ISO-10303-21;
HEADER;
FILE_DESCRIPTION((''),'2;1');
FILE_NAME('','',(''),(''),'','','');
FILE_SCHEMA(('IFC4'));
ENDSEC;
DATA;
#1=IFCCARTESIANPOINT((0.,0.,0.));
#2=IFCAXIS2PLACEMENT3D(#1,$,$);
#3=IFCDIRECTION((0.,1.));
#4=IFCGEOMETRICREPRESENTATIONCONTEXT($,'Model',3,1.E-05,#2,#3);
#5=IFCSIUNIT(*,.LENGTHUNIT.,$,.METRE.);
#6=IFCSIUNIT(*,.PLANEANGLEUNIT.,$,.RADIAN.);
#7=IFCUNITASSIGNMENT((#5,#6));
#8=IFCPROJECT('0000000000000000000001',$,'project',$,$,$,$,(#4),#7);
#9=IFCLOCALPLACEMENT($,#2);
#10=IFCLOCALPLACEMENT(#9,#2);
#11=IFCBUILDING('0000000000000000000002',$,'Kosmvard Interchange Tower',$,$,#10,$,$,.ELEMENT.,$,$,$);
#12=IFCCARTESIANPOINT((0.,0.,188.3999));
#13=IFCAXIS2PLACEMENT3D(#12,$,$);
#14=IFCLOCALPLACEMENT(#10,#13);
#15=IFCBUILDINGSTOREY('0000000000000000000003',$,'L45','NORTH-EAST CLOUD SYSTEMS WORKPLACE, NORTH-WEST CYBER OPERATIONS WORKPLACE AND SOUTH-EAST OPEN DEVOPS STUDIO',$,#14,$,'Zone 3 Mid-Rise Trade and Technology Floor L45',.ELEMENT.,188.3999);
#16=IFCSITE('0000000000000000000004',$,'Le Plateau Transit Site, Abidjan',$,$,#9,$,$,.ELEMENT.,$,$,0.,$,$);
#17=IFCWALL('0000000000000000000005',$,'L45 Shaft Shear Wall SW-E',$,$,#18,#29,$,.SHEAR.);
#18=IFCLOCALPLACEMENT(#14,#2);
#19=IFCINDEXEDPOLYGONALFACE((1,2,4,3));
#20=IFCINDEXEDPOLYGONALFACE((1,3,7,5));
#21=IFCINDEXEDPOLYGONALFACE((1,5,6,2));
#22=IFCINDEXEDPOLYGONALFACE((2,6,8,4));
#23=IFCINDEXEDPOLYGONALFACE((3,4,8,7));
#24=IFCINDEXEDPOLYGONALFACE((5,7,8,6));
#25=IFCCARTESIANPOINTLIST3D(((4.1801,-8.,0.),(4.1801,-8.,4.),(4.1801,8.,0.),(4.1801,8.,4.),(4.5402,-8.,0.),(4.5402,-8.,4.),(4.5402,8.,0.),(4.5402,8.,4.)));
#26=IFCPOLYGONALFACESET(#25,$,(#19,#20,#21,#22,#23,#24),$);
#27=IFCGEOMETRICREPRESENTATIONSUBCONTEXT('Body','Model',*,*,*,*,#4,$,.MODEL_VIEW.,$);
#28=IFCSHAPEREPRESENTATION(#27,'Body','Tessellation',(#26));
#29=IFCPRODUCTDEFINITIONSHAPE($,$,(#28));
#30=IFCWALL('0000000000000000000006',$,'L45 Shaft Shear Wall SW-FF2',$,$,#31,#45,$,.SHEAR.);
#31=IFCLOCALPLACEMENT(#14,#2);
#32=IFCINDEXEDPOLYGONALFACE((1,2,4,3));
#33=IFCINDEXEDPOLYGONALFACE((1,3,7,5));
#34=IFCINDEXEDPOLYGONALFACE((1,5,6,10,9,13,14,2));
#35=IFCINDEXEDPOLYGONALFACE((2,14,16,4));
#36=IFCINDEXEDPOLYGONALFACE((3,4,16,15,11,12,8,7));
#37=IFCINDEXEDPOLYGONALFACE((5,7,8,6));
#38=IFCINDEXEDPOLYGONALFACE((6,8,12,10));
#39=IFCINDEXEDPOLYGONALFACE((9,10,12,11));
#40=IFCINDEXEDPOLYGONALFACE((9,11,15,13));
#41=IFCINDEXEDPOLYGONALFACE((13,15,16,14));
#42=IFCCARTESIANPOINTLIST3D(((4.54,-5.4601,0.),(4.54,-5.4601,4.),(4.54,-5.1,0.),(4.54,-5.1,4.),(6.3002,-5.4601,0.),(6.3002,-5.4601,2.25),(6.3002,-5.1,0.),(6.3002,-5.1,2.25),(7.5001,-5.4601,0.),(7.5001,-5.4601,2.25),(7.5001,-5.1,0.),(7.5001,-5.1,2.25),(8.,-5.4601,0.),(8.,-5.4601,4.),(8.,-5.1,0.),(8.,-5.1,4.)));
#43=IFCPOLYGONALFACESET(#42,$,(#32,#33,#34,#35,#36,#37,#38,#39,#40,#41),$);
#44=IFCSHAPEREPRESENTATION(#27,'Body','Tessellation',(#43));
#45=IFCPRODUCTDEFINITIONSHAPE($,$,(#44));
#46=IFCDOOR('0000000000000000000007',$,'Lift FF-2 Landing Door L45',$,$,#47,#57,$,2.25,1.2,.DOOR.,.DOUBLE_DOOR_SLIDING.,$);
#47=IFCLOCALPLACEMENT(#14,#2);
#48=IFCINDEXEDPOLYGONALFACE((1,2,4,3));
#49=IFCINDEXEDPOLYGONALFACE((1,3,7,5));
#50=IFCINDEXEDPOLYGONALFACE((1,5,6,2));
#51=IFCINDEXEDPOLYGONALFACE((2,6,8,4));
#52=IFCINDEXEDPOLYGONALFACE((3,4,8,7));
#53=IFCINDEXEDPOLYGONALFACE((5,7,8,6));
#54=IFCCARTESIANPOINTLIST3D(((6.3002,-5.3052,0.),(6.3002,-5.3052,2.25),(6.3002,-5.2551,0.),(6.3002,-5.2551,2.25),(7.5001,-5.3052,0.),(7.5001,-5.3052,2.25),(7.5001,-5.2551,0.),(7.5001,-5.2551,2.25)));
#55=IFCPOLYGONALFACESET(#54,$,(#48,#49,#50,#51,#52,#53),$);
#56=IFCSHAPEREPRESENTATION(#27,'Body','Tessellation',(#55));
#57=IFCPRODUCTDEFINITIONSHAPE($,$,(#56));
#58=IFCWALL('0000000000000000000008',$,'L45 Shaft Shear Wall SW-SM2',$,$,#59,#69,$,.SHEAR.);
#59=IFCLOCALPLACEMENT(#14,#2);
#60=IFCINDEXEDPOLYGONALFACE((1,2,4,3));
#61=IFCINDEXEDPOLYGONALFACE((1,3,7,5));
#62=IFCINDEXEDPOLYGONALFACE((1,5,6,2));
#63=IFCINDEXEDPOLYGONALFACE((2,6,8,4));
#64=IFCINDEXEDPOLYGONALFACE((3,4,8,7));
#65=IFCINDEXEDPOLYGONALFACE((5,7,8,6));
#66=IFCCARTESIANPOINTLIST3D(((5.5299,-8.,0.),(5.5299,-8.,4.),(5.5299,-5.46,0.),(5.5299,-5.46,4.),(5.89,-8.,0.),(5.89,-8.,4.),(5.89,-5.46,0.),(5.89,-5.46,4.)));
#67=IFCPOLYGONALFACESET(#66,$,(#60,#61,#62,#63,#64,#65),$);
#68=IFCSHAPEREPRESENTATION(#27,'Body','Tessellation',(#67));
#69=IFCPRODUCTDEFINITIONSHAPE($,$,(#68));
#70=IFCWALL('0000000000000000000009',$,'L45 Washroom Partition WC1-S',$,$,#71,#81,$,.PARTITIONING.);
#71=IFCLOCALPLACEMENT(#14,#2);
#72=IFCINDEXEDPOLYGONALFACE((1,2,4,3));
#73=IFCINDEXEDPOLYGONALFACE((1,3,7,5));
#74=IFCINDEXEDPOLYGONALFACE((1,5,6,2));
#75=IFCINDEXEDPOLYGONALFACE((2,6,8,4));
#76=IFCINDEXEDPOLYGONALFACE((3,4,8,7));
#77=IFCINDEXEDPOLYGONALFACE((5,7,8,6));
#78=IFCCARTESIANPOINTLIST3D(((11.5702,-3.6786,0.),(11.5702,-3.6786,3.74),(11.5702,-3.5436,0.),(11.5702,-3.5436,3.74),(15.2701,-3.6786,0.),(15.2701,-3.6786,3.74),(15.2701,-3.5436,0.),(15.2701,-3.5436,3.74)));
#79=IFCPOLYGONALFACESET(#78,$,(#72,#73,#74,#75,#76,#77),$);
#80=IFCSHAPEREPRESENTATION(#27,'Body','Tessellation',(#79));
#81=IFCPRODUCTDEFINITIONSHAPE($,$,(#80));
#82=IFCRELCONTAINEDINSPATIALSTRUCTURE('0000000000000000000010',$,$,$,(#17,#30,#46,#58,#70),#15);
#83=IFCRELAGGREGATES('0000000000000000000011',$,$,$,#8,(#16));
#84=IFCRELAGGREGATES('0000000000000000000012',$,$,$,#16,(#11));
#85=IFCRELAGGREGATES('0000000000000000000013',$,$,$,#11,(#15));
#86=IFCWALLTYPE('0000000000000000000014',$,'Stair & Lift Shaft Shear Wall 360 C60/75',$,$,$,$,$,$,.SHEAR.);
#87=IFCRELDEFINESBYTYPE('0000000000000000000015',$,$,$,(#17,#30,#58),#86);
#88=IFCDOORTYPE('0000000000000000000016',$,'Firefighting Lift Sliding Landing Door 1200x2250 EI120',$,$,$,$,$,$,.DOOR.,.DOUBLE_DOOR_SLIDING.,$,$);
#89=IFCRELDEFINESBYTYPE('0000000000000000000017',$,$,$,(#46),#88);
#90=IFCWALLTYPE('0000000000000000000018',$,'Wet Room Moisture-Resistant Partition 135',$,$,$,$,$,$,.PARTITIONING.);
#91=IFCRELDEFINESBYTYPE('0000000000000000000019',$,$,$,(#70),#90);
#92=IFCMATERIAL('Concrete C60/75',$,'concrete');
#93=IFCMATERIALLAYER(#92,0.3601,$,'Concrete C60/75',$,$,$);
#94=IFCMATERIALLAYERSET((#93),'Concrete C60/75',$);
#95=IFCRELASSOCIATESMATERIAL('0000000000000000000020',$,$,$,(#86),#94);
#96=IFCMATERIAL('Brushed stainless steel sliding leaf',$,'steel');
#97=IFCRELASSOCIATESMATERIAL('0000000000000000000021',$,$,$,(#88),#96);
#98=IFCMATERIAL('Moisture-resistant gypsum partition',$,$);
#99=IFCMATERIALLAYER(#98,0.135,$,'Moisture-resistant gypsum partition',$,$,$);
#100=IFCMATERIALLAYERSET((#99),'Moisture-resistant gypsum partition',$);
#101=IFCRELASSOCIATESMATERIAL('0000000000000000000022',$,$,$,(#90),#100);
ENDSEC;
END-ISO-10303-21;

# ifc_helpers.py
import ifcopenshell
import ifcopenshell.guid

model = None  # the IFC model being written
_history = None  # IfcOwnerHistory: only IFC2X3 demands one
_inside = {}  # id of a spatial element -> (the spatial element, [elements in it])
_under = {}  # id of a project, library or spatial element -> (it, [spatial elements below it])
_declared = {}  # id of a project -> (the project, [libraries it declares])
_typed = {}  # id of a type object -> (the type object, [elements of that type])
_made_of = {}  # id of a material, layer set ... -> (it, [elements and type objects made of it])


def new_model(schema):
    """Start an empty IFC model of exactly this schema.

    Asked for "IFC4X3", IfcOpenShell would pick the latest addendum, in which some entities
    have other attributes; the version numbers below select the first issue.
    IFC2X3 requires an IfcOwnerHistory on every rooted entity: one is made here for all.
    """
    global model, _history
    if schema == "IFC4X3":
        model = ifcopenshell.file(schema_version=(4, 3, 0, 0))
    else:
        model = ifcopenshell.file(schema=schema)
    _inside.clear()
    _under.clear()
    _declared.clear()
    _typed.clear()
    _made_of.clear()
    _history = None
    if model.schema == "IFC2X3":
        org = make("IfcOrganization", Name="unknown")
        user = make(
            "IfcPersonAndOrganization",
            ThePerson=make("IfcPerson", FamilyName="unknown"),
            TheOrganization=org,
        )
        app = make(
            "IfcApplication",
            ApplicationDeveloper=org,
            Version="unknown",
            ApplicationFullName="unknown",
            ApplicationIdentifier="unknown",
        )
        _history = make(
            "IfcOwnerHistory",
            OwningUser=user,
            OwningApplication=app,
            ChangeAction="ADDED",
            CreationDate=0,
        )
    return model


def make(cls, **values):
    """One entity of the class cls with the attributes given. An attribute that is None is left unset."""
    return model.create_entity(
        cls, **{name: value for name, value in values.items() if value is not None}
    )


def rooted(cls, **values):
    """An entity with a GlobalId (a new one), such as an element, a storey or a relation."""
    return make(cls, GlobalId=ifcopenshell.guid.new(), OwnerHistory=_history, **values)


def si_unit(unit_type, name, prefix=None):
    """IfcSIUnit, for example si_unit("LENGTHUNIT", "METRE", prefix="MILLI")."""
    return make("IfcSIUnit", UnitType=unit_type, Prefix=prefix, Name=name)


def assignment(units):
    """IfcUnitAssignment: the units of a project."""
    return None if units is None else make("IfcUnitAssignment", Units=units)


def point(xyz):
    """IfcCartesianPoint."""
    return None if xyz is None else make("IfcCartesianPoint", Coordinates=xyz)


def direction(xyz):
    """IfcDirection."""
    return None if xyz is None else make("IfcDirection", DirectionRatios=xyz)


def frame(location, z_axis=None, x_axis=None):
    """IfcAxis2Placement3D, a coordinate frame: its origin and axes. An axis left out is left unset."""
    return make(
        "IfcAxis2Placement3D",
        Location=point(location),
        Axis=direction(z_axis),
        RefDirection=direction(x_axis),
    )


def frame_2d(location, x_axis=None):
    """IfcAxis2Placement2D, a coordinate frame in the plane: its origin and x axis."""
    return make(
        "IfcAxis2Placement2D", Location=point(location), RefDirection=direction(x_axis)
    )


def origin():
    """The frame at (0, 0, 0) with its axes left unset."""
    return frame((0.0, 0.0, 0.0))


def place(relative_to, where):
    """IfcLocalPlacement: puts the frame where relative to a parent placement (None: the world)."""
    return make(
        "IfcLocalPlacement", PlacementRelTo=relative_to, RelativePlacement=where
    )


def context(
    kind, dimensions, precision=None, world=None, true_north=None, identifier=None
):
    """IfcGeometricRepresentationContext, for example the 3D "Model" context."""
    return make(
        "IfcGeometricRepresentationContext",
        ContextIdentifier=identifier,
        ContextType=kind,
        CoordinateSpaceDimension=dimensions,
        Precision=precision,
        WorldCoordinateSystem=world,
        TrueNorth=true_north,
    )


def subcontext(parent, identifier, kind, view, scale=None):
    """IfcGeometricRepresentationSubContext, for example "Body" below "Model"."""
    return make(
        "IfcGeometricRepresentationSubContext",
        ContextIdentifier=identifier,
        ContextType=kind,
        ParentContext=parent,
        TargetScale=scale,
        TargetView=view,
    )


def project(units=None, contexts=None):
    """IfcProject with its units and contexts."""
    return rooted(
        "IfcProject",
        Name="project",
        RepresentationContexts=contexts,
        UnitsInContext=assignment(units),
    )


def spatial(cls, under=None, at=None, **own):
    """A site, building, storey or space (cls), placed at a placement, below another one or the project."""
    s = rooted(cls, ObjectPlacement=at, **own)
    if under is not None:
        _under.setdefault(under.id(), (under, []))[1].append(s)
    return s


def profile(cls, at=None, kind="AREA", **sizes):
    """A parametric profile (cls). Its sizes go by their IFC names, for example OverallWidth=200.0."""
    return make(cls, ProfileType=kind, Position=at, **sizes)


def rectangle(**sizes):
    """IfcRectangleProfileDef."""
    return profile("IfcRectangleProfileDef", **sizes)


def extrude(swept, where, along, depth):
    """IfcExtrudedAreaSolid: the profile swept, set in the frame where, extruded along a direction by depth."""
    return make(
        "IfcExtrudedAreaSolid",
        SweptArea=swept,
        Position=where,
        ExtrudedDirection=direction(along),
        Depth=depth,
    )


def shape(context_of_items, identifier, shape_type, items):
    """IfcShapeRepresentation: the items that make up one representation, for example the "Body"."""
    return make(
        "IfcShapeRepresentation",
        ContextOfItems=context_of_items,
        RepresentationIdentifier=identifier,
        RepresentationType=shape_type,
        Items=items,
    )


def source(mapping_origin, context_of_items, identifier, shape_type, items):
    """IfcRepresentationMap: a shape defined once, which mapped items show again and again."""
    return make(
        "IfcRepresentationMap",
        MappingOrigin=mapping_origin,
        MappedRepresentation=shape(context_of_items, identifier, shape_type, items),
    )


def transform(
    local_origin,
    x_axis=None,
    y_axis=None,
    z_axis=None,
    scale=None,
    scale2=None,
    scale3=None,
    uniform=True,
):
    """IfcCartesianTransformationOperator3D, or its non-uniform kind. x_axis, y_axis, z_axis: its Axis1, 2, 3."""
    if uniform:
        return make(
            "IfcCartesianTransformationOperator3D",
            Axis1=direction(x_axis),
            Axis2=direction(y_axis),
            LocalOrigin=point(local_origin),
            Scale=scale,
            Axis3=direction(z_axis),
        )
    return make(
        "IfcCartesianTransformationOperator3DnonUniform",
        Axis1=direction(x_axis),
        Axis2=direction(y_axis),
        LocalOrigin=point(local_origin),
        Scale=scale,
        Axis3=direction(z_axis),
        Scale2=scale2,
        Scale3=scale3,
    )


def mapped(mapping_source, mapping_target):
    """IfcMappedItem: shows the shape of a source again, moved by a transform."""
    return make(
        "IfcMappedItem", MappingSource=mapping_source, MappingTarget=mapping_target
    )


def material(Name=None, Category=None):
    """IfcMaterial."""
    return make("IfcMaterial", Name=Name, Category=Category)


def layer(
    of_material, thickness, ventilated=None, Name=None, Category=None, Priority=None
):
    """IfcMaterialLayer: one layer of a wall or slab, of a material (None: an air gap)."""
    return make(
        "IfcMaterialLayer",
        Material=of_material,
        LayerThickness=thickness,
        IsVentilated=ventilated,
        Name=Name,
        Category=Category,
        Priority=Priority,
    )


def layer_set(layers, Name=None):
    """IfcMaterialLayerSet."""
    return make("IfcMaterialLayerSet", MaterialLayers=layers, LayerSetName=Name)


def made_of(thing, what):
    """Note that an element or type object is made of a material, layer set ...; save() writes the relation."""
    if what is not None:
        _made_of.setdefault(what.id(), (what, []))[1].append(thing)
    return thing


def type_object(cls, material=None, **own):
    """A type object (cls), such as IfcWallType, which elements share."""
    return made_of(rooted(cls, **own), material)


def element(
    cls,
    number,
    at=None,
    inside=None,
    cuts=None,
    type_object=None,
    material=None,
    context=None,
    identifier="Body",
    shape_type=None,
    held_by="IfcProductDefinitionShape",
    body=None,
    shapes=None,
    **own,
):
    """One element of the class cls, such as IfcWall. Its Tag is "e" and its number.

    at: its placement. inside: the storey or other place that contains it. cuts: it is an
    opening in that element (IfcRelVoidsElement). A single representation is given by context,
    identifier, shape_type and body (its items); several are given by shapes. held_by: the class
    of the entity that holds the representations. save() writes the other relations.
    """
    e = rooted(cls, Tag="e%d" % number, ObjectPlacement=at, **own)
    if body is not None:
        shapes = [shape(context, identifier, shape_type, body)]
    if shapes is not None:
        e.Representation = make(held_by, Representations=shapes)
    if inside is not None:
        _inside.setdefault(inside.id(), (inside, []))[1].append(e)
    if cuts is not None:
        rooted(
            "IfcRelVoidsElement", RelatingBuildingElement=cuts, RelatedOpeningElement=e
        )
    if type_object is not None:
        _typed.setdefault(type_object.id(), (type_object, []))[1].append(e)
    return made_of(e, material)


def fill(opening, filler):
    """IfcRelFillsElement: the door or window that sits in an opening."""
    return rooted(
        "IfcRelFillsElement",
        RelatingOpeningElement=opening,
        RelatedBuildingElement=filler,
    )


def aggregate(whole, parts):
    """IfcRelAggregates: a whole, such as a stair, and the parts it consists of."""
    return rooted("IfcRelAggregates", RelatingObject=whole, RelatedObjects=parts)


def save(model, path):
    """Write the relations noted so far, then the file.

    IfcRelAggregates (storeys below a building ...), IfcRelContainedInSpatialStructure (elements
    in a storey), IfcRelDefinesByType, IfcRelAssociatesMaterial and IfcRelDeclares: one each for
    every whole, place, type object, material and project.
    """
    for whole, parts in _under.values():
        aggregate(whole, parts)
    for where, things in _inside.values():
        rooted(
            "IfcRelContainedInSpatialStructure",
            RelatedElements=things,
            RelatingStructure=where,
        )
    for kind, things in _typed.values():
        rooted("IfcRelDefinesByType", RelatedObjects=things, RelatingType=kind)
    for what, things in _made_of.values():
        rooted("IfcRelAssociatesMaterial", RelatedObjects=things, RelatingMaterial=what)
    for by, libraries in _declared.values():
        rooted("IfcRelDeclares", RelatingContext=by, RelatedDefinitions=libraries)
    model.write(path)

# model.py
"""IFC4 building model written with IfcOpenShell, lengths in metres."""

from ifc_helpers import new_model, si_unit, direction, frame, frame_2d, origin, place, context, subcontext, project, spatial, rectangle, extrude, source, transform, mapped, material, layer, layer_set, type_object, element, fill, save


model = new_model("IFC4")

# Units and contexts
model_context = context("Model", 3, precision=1e-05, world=origin(), true_north=direction((0.0, 1.0)))
body_context = subcontext(model_context, "Body", "Model", "MODEL_VIEW")
ifc_project = project(units=[si_unit("LENGTHUNIT", "METRE"), si_unit("PLANEANGLEUNIT", "RADIAN")], contexts=[model_context])

# Site, building, storey
site_placement = place(None, origin())
site = spatial("IfcSite", under=ifc_project, at=site_placement, Name="Le Plateau Transit Site, Abidjan", CompositionType="ELEMENT", RefElevation=0.0)
building_placement = place(site_placement, origin())
building = spatial("IfcBuilding", under=site, at=building_placement, Name="Kosmvard Interchange Tower", CompositionType="ELEMENT")
storey_placement = place(building_placement, frame((0.0, 0.0, 188.3999)))
storey = spatial("IfcBuildingStorey", under=building, at=storey_placement, Name="L45", Description="NORTH-EAST CLOUD SYSTEMS WORKPLACE, NORTH-WEST CYBER OPERATIONS WORKPLACE AND SOUTH-EAST OPEN DEVOPS STUDIO", LongName="Zone 3 Mid-Rise Trade and Technology Floor L45", CompositionType="ELEMENT", Elevation=188.3999)

# Shared definitions
ifc_material_1 = material(Name="Concrete C60/75", Category="concrete")

# Shared definitions
ifc_material_2 = material(Name="Brushed stainless steel sliding leaf", Category="steel")

# Wall
ifc_layer_1 = layer(ifc_material_1, 0.3601, Name="Concrete C60/75")
ifc_layer_set_1 = layer_set([ifc_layer_1], Name="Concrete C60/75")
wall_type_1 = type_object("IfcWallType", Name="Stair & Lift Shaft Shear Wall 360 C60/75", PredefinedType="SHEAR", material=ifc_layer_set_1)
wall_1_placement = place(storey_placement, frame((4.3601, -8.0, 0.0), z_axis=(0.0, 0.0, 1.0), x_axis=(0.0, 1.0, 0.0)))
element("IfcWall", 1, at=wall_1_placement, inside=storey, type_object=wall_type_1, Name="L45 Shaft Shear Wall SW-E", PredefinedType="SHEAR", context=body_context, shape_type="SweptSolid", body=[
    extrude(rectangle(XDim=16.0, YDim=0.3601, at=frame_2d((8.0, 0.0))), origin(), (0.0, 0.0, 1.0), 4.0),
])

# Wall, opening, door
wall_2_placement = place(storey_placement, frame((4.54, -5.28, 0.0), z_axis=(0.0, 0.0, 1.0), x_axis=(1.0, 0.0, 0.0)))
wall_2 = element("IfcWall", 2, at=wall_2_placement, inside=storey, type_object=wall_type_1, Name="L45 Shaft Shear Wall SW-FF2", PredefinedType="SHEAR", context=body_context, shape_type="SweptSolid", body=[
    extrude(rectangle(XDim=3.46, YDim=0.3601, at=frame_2d((1.73, 0.0))), origin(), (0.0, 0.0, 1.0), 4.0),
])
opening_1_placement = place(wall_2_placement, frame((1.76, 0.0, 0.0)))
opening_1 = element("IfcOpeningElement", 3, at=opening_1_placement, cuts=wall_2, PredefinedType="OPENING", context=body_context, shape_type="SweptSolid", body=[
    extrude(rectangle(XDim=1.2, YDim=2.25, at=frame_2d((0.6001, 1.125))), frame((0.0, 0.1899, 0.0), z_axis=(0.0, -1.0, 0.0), x_axis=(1.0, 0.0, 0.0)), (0.0, 0.0, 1.0), 0.3801),
])
door_type_1 = type_object("IfcDoorType", Name="Firefighting Lift Sliding Landing Door 1200x2250 EI120", OperationType="DOUBLE_DOOR_SLIDING", PredefinedType="DOOR", material=ifc_material_2)
shared_shape_1 = source(origin(), body_context, "Body", "SweptSolid", [
    extrude(rectangle(XDim=1.2, YDim=2.25, at=frame_2d((0.6001, 1.125))), frame((0.0, 0.0249, 0.0), z_axis=(0.0, -1.0, 0.0), x_axis=(1.0, 0.0, 0.0)), (0.0, 0.0, 1.0), 0.05),
])
door_1_placement = place(opening_1_placement, origin())
door_1 = element("IfcDoor", 4, at=door_1_placement, inside=storey, type_object=door_type_1, Name="Lift FF-2 Landing Door L45", OperationType="DOUBLE_DOOR_SLIDING", OverallHeight=2.25, OverallWidth=1.2, PredefinedType="DOOR", context=body_context, shape_type="MappedRepresentation", body=[
    mapped(shared_shape_1, transform((0.0, 0.0, 0.0), scale=1.0)),
])
fill(opening_1, door_1)

# Walls
wall_3_placement = place(storey_placement, frame((5.71, -8.0, 0.0), z_axis=(0.0, 0.0, 1.0), x_axis=(0.0, 1.0, 0.0)))
element("IfcWall", 5, at=wall_3_placement, inside=storey, type_object=wall_type_1, Name="L45 Shaft Shear Wall SW-SM2", PredefinedType="SHEAR", context=body_context, shape_type="SweptSolid", body=[
    extrude(rectangle(XDim=2.54, YDim=0.3601, at=frame_2d((1.27, 0.0))), origin(), (0.0, 0.0, 1.0), 4.0),
])
ifc_material_3 = material(Name="Moisture-resistant gypsum partition")
ifc_layer_2 = layer(ifc_material_3, 0.135, Name="Moisture-resistant gypsum partition")
ifc_layer_set_2 = layer_set([ifc_layer_2], Name="Moisture-resistant gypsum partition")
wall_type_2 = type_object("IfcWallType", Name="Wet Room Moisture-Resistant Partition 135", PredefinedType="PARTITIONING", material=ifc_layer_set_2)
wall_4_placement = place(storey_placement, frame((11.5701, -3.6111, 0.0), z_axis=(0.0, 0.0, 1.0), x_axis=(1.0, 0.0, 0.0)))
element("IfcWall", 6, at=wall_4_placement, inside=storey, type_object=wall_type_2, Name="L45 Washroom Partition WC1-S", PredefinedType="PARTITIONING", context=body_context, shape_type="SweptSolid", body=[
    extrude(rectangle(XDim=3.7, YDim=0.135, at=frame_2d((1.8501, 0.0))), origin(), (0.0, 0.0, 1.0), 3.74),
])

save(model, "model.ifc")
